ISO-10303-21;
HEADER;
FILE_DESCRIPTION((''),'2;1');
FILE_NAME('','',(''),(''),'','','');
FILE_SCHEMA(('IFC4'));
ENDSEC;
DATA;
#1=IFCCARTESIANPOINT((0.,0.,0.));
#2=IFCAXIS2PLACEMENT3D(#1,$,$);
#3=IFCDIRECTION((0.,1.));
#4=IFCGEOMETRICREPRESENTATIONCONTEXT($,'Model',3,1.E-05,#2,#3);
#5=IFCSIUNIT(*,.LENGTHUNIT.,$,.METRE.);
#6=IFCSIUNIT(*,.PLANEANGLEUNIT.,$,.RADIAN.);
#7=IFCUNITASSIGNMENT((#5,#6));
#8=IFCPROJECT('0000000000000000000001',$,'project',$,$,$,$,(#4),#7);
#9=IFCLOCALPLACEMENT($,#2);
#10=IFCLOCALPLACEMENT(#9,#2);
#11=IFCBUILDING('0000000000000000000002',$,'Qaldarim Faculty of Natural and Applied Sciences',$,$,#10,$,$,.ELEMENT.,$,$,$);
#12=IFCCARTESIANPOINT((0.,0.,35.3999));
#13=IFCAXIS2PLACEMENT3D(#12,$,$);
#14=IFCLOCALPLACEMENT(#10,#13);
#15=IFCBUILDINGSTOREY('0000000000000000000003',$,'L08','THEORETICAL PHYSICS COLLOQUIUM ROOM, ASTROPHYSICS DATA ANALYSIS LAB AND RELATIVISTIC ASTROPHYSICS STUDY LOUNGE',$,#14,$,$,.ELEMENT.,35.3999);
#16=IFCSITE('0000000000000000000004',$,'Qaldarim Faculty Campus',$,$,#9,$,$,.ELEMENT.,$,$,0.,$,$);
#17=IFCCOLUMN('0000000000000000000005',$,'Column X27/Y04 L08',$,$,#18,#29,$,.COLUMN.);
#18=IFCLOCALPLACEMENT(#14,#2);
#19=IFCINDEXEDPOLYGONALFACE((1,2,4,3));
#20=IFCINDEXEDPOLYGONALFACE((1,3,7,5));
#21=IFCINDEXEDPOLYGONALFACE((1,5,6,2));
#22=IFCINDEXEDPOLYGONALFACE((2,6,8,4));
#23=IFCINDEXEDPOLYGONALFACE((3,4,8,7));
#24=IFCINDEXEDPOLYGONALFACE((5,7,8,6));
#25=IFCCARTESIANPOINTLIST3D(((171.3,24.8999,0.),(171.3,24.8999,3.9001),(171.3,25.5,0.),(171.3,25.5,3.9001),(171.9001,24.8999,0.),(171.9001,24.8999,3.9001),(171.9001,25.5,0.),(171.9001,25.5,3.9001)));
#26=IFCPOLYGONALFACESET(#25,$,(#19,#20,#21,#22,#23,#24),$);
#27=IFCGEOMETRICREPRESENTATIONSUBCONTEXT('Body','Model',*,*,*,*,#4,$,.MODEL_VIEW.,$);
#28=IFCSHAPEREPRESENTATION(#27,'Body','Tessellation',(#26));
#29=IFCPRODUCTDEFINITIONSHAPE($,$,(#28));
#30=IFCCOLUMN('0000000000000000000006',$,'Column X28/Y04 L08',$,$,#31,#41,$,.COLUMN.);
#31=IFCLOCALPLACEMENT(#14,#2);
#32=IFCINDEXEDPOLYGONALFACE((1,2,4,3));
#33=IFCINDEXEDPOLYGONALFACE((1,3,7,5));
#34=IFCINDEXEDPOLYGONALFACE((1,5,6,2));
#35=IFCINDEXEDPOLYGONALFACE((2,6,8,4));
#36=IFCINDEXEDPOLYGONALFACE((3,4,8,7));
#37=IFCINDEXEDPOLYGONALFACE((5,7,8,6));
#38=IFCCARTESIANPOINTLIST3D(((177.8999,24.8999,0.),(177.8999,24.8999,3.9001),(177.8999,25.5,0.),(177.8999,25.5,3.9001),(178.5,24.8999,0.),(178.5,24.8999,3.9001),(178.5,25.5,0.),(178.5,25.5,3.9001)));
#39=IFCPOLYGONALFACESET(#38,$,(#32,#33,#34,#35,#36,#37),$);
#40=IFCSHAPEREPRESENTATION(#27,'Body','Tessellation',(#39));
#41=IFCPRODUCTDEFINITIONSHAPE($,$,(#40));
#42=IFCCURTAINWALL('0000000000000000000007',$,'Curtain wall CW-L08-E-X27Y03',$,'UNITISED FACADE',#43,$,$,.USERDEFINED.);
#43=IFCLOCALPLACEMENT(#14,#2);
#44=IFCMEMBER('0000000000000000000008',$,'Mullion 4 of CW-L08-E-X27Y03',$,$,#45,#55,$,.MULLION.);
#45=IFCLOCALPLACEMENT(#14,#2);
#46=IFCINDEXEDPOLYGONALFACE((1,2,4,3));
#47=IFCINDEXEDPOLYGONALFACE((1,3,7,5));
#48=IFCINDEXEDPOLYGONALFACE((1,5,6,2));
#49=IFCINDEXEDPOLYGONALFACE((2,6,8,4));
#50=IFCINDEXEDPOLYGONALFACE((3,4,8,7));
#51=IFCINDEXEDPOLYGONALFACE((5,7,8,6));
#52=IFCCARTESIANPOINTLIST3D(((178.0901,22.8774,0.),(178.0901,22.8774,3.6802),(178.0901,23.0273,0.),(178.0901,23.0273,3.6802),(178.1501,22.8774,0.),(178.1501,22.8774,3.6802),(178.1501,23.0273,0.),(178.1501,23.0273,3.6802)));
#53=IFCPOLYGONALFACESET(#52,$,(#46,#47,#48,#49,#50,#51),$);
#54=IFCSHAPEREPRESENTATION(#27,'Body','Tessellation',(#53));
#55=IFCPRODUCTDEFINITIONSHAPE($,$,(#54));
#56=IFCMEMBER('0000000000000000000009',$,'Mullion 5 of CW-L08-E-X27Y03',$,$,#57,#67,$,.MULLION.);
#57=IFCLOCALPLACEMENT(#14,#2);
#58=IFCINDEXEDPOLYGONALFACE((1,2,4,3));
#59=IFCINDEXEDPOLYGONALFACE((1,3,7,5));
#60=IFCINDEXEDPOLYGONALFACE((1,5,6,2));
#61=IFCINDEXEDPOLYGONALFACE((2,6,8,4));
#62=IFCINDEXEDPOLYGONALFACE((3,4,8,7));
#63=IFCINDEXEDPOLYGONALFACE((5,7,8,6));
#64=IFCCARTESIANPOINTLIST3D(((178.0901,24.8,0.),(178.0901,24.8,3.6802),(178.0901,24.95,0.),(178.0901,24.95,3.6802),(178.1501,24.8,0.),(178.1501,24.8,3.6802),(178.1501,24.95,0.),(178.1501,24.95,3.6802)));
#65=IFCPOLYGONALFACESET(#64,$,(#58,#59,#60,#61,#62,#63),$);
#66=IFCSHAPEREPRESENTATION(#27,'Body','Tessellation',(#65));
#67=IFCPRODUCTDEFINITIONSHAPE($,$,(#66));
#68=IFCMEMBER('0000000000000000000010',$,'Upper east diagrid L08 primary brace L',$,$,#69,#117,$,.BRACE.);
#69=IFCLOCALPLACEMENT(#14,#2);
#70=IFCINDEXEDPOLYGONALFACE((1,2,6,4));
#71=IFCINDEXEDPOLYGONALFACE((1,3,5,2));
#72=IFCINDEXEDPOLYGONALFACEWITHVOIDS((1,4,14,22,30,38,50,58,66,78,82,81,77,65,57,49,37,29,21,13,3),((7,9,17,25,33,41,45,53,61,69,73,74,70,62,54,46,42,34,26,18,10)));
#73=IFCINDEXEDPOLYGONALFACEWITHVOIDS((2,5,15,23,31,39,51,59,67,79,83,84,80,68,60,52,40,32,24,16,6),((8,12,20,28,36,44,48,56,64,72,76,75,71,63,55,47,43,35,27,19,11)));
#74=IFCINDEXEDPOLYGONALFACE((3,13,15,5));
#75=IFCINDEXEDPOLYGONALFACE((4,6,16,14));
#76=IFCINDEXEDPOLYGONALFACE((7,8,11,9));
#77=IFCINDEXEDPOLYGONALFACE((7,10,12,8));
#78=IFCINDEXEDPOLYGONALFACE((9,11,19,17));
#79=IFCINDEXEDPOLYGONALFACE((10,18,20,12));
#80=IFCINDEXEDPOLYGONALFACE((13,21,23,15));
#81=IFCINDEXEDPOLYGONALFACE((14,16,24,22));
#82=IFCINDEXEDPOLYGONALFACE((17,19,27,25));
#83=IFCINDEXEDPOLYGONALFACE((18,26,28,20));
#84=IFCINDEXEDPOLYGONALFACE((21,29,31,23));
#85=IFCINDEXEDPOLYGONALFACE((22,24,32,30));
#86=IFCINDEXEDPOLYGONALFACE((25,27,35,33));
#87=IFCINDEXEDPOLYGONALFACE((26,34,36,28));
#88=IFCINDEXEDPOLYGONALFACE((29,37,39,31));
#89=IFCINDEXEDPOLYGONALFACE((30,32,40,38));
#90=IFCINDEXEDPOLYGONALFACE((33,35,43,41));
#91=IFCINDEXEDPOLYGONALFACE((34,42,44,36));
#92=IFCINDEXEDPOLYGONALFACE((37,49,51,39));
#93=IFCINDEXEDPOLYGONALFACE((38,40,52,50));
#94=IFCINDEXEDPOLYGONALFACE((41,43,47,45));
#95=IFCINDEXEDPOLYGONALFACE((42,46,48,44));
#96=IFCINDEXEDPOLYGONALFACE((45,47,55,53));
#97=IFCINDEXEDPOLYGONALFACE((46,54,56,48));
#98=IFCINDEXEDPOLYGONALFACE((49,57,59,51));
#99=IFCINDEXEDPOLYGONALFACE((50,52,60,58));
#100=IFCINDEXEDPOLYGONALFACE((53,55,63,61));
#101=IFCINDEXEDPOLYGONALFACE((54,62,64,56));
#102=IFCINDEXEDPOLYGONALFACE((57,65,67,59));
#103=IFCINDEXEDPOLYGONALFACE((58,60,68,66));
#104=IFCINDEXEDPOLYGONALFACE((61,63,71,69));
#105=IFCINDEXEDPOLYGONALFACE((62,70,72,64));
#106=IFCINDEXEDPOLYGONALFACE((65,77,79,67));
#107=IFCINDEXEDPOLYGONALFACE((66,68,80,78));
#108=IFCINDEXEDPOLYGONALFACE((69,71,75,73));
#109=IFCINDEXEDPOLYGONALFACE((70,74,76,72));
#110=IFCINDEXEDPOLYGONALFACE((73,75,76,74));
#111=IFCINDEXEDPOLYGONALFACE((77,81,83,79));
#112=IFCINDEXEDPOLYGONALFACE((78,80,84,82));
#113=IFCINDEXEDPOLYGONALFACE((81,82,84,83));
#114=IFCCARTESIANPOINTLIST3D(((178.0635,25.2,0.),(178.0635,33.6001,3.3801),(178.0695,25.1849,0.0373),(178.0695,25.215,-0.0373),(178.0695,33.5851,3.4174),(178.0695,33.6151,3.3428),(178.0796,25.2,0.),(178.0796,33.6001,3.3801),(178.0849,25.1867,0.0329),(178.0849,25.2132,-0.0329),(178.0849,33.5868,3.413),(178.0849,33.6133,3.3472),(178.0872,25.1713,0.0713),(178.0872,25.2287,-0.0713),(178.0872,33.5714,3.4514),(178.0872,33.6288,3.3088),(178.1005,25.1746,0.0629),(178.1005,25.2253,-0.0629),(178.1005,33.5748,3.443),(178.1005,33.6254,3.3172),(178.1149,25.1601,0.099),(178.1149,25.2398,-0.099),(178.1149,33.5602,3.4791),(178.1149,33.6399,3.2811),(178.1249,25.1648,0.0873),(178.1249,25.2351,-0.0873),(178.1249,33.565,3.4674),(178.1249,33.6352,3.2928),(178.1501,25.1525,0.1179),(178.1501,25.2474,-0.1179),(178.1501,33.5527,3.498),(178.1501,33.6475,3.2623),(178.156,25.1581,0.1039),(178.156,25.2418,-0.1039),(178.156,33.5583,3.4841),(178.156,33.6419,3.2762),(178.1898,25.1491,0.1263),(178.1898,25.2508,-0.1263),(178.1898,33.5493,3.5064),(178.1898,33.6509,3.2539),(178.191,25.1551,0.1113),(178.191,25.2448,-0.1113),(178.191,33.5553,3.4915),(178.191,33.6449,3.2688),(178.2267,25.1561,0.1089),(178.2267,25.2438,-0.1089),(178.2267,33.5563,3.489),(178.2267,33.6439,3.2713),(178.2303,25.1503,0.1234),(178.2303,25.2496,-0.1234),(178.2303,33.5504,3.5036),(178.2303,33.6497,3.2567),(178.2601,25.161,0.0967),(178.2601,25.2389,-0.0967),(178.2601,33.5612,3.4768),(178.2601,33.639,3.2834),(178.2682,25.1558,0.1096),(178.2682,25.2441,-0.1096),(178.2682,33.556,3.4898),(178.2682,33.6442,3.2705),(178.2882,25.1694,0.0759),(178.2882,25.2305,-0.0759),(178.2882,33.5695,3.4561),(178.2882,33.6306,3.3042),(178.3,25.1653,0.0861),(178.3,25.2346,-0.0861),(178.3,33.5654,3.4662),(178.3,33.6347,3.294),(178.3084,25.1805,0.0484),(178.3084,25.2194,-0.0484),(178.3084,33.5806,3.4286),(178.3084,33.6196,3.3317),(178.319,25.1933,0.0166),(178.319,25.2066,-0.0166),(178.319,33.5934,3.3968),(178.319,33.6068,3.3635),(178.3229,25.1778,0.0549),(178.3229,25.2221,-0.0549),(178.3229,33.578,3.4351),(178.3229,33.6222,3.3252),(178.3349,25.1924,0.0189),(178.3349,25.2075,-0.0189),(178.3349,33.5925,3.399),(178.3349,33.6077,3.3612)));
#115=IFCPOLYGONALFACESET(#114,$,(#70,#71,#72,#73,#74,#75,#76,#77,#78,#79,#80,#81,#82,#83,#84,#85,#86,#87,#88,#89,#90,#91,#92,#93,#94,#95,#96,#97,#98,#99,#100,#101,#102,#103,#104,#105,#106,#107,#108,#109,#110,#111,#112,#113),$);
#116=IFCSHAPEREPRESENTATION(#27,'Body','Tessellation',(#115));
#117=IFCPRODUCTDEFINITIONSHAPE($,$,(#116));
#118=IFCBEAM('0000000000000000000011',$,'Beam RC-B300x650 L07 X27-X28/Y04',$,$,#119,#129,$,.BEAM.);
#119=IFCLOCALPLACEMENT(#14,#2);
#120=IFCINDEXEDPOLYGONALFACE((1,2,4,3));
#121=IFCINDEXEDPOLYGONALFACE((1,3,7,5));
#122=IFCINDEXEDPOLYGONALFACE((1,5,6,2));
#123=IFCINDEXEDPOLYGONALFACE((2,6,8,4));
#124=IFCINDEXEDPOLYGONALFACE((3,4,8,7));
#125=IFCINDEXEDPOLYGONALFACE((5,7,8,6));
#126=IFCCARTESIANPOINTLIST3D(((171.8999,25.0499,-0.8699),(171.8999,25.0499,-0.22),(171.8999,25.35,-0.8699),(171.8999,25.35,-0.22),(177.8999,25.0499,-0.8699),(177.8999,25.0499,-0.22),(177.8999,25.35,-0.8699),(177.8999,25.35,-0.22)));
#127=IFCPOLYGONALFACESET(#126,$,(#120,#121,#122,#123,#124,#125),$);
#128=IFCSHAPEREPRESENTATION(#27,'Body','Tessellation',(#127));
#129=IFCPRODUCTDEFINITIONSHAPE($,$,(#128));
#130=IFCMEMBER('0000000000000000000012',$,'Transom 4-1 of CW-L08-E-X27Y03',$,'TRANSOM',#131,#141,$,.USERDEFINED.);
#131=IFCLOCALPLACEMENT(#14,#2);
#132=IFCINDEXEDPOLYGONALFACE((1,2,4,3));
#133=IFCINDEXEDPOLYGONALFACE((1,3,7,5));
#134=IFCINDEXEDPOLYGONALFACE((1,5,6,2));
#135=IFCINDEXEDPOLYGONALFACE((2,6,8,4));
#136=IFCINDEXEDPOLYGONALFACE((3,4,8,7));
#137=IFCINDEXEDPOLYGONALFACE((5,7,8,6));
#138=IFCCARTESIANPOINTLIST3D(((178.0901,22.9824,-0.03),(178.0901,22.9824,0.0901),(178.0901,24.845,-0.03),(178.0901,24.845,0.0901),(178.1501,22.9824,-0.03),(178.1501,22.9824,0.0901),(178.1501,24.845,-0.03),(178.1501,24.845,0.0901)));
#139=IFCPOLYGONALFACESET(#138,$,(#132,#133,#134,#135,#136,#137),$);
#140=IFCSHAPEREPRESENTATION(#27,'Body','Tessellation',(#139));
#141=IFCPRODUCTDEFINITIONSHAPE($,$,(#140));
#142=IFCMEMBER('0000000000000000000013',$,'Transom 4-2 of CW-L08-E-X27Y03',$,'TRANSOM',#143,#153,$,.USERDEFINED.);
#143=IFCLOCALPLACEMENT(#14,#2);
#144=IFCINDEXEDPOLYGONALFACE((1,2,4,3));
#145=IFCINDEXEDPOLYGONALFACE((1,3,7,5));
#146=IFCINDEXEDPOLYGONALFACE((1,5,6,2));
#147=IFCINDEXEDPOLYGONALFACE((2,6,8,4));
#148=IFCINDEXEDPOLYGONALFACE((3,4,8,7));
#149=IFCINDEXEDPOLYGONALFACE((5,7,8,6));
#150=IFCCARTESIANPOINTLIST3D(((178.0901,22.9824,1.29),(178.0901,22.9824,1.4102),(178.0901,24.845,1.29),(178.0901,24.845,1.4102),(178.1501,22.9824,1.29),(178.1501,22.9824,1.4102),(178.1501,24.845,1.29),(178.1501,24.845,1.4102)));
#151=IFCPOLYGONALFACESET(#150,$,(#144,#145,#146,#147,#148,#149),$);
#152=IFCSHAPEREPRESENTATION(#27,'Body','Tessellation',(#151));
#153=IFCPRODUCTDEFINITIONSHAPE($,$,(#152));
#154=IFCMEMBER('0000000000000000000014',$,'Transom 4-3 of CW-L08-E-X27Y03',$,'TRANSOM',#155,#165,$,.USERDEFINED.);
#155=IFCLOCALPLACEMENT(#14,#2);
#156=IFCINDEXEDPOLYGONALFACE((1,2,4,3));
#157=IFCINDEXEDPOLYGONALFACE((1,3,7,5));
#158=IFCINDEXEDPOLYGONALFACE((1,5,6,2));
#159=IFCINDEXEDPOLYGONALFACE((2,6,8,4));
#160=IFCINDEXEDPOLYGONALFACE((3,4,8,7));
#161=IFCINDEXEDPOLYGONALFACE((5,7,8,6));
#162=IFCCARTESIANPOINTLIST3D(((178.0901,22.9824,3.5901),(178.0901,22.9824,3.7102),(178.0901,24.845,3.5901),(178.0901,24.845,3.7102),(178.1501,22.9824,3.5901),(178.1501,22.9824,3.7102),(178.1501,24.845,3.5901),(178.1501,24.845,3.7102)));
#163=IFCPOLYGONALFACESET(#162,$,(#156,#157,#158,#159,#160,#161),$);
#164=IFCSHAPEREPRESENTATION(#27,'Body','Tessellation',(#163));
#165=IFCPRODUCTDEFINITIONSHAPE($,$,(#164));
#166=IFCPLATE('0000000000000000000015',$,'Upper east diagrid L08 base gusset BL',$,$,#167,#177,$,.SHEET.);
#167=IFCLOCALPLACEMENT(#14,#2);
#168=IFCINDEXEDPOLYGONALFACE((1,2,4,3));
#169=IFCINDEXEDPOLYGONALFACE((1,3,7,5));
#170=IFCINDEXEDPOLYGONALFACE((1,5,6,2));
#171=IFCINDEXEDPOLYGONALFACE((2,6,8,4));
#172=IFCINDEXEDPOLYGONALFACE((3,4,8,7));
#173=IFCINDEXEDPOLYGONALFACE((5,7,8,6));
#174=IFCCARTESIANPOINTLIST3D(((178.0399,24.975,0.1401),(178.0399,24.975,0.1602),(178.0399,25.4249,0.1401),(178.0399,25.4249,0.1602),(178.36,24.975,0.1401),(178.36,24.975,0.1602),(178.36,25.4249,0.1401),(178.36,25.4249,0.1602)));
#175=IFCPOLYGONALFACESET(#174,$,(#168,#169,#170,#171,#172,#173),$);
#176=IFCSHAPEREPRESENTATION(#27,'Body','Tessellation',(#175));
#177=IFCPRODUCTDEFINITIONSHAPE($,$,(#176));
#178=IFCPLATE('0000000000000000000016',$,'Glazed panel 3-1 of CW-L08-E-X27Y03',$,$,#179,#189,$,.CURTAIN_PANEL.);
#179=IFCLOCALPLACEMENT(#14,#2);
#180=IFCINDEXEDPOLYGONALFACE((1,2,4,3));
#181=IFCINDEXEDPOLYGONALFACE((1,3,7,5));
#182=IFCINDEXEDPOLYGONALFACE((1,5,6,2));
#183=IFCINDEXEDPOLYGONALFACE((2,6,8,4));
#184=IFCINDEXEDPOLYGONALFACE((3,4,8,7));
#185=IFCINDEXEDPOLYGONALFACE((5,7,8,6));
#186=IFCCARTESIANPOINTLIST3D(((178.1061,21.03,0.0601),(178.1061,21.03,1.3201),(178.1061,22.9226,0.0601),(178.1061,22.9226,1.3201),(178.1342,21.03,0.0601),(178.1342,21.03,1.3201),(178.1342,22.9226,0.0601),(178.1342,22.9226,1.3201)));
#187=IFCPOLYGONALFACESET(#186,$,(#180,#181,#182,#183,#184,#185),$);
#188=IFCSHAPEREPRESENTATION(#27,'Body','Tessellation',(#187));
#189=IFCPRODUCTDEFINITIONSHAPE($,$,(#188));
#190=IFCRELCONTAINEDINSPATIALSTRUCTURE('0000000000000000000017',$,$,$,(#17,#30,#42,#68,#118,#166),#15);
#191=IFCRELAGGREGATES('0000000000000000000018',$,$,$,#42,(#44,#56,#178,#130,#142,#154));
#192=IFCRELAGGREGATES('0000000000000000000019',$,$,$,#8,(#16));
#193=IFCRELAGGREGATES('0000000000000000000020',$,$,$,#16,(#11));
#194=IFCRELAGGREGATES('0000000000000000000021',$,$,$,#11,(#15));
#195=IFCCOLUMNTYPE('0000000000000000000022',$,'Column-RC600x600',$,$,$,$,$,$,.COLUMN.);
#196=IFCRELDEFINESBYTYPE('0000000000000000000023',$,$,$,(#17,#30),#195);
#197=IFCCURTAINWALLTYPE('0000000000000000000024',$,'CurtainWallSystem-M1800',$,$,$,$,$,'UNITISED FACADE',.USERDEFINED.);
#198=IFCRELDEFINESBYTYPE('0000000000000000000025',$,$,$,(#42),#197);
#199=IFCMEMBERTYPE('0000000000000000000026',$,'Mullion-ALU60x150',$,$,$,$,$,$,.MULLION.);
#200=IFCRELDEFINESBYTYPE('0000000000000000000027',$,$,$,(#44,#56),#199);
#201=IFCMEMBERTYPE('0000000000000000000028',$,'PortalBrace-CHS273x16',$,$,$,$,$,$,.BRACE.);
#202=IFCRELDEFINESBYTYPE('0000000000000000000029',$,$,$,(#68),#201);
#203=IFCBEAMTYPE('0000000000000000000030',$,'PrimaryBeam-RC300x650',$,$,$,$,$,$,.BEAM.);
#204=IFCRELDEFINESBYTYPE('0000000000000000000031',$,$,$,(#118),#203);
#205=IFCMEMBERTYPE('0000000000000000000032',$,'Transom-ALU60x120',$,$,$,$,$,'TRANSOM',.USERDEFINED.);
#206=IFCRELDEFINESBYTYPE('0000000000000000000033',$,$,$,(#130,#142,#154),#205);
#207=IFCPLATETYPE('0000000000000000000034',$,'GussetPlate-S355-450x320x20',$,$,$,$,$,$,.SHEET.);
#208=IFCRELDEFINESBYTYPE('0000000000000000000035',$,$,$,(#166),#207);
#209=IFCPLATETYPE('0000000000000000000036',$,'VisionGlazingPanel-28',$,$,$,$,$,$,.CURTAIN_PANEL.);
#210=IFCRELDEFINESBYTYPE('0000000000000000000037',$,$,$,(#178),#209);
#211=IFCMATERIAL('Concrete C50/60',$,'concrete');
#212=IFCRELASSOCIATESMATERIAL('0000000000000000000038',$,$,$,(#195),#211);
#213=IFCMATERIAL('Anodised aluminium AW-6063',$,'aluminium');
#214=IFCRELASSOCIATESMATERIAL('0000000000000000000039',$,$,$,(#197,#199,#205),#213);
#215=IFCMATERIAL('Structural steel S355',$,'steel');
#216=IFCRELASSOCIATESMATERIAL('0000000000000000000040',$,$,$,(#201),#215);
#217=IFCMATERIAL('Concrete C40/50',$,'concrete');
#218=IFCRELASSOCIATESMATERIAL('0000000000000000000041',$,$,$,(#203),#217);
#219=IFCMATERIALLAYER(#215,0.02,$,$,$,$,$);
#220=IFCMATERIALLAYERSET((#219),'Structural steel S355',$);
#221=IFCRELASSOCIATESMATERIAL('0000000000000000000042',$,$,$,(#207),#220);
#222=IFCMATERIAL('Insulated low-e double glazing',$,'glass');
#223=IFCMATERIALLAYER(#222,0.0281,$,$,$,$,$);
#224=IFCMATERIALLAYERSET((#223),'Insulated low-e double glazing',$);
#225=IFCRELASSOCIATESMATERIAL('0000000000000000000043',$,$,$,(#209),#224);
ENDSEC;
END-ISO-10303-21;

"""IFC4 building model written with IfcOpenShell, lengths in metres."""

from ifc_helpers import new_model, si_unit, direction, frame, origin, origin_2d, place, context, subcontext, project, spatial, rectangle, hollow_circle, extrude, material, layer, layer_set, material_profile, profile_set, type_object, element, aggregate, save


model = new_model("IFC4")

# Units and contexts
model_context = context("Model", 3, precision=1e-05, world=origin(), true_north=direction((0.0, 1.0)))
body_context = subcontext(model_context, "Body", "Model", "MODEL_VIEW")
ifc_project = project(units=[si_unit("LENGTHUNIT", "METRE"), si_unit("PLANEANGLEUNIT", "RADIAN")], contexts=[model_context])

# Site, building, storey
site_placement = place(None, origin())
site = spatial("IfcSite", under=ifc_project, at=site_placement, Name="Qaldarim Faculty Campus", CompositionType="ELEMENT", RefElevation=0.0)
building_placement = place(site_placement, origin())
building = spatial("IfcBuilding", under=site, at=building_placement, Name="Qaldarim Faculty of Natural and Applied Sciences", CompositionType="ELEMENT")
storey_placement = place(building_placement, frame((0.0, 0.0, 35.3999)))
storey = spatial("IfcBuildingStorey", under=building, at=storey_placement, Name="L08", Description="THEORETICAL PHYSICS COLLOQUIUM ROOM, ASTROPHYSICS DATA ANALYSIS LAB AND RELATIVISTIC ASTROPHYSICS STUDY LOUNGE", CompositionType="ELEMENT", Elevation=35.3999)

# Columns
ifc_material_1 = material(Name="Concrete C50/60", Category="concrete")
ifc_material_profile_1 = material_profile(ifc_material_1, rectangle(XDim=0.6001, YDim=0.6001, at=origin_2d()), Name="RC-C600x600")
ifc_profile_set_1 = profile_set([ifc_material_profile_1], Name="Concrete C50/60")
column_type = type_object("IfcColumnType", Name="Column-RC600x600", PredefinedType="COLUMN", material=ifc_profile_set_1)
for number, where, z_axis, x_axis, name in (
    (1, (171.6001, 25.2, 0.0), (0.0, 0.0, 1.0), (1.0, 0.0, 0.0), "Column X27/Y04 L08"),
    (2, (178.2, 25.2, 0.0), (0.0, 0.0, 1.0), (1.0, 0.0, 0.0), "Column X28/Y04 L08"),
):
    element("IfcColumn", number, at=place(storey_placement, frame(where, z_axis=z_axis, x_axis=x_axis)), inside=storey, type_object=column_type, Name=name, PredefinedType="COLUMN", context=body_context, shape_type="SweptSolid", body=[
        extrude(rectangle(XDim=0.6001, YDim=0.6001, at=origin_2d()), origin(), (0.0, 0.0, 1.0), 3.9001),
    ])

# Curtain wall, members
ifc_material_2 = material(Name="Anodised aluminium AW-6063", Category="aluminium")
curtain_wall_type = type_object("IfcCurtainWallType", Name="CurtainWallSystem-M1800", ElementType="UNITISED FACADE", PredefinedType="USERDEFINED", material=ifc_material_2)
curtain_wall_placement = place(storey_placement, origin())
curtain_wall = element("IfcCurtainWall", 3, at=curtain_wall_placement, inside=storey, type_object=curtain_wall_type, Name="Curtain wall CW-L08-E-X27Y03", ObjectType="UNITISED FACADE", PredefinedType="USERDEFINED")
ifc_material_profile_2 = material_profile(ifc_material_2, rectangle(XDim=0.0601, YDim=0.1499, at=origin_2d()), Name="ALU-M60x150")
ifc_profile_set_2 = profile_set([ifc_material_profile_2], Name="Anodised aluminium AW-6063")
member_type_1 = type_object("IfcMemberType", Name="Mullion-ALU60x150", PredefinedType="MULLION", material=ifc_profile_set_2)
member_1_placement = place(storey_placement, frame((178.1201, 22.9524, 0.0), z_axis=(0.0, 0.0, 1.0), x_axis=(-1.0, 0.0, 0.0)))
member_1 = element("IfcMember", 4, at=member_1_placement, type_object=member_type_1, Name="Mullion 4 of CW-L08-E-X27Y03", PredefinedType="MULLION", context=body_context, shape_type="SweptSolid", body=[
    extrude(rectangle(XDim=0.0601, YDim=0.1499, at=origin_2d()), origin(), (0.0, 0.0, 1.0), 3.6802),
])
member_2_placement = place(storey_placement, frame((178.1201, 24.875, 0.0), z_axis=(0.0, 0.0, 1.0), x_axis=(-1.0, 0.0, 0.0)))
member_2 = element("IfcMember", 5, at=member_2_placement, type_object=member_type_1, Name="Mullion 5 of CW-L08-E-X27Y03", PredefinedType="MULLION", context=body_context, shape_type="SweptSolid", body=[
    extrude(rectangle(XDim=0.0601, YDim=0.1499, at=origin_2d()), origin(), (0.0, 0.0, 1.0), 3.6802),
])

# Member
ifc_material_3 = material(Name="Structural steel S355", Category="steel")
ifc_material_profile_3 = material_profile(ifc_material_3, hollow_circle(Radius=0.1365, WallThickness=0.0161, at=origin_2d()), Name="CHS 273.0x16.0")
ifc_profile_set_3 = profile_set([ifc_material_profile_3], Name="Structural steel S355")
member_type_2 = type_object("IfcMemberType", Name="PortalBrace-CHS273x16", PredefinedType="BRACE", material=ifc_profile_set_3)
member_3_placement = place(storey_placement, frame((178.2, 25.2, 0.0), z_axis=(0.0, 0.92771, 0.373301), x_axis=(-1.0, 0.0, 0.0)))
element("IfcMember", 6, at=member_3_placement, inside=storey, type_object=member_type_2, Name="Upper east diagrid L08 primary brace L", PredefinedType="BRACE", context=body_context, shape_type="SweptSolid", body=[
    extrude(hollow_circle(Radius=0.1365, WallThickness=0.0161, at=origin_2d()), origin(), (0.0, 0.0, 1.0), 9.0547),
])

# Beam
ifc_material_4 = material(Name="Concrete C40/50", Category="concrete")
ifc_material_profile_4 = material_profile(ifc_material_4, rectangle(XDim=0.3, YDim=0.6499, at=origin_2d()), Name="RC-B300x650")
ifc_profile_set_4 = profile_set([ifc_material_profile_4], Name="Concrete C40/50")
beam_type = type_object("IfcBeamType", Name="PrimaryBeam-RC300x650", PredefinedType="BEAM", material=ifc_profile_set_4)
beam_placement = place(storey_placement, frame((171.8999, 25.2, -0.5449), z_axis=(1.0, 0.0, 0.0), x_axis=(0.0, 1.0, 0.0)))
element("IfcBeam", 7, at=beam_placement, inside=storey, type_object=beam_type, Name="Beam RC-B300x650 L07 X27-X28/Y04", PredefinedType="BEAM", context=body_context, shape_type="SweptSolid", body=[
    extrude(rectangle(XDim=0.3, YDim=0.6499, at=origin_2d()), origin(), (0.0, 0.0, 1.0), 6.0),
])

# Members
ifc_material_profile_5 = material_profile(ifc_material_2, rectangle(XDim=0.0601, YDim=0.1201, at=origin_2d()), Name="ALU-T60x120")
ifc_profile_set_5 = profile_set([ifc_material_profile_5], Name="Anodised aluminium AW-6063")
member_type_3 = type_object("IfcMemberType", Name="Transom-ALU60x120", ElementType="TRANSOM", PredefinedType="USERDEFINED", material=ifc_profile_set_5)
member_4_placement = place(storey_placement, frame((178.1201, 22.9824, 0.03), z_axis=(0.0, 1.0, 0.0), x_axis=(-1.0, 0.0, 0.0)))
member_4 = element("IfcMember", 8, at=member_4_placement, type_object=member_type_3, Name="Transom 4-1 of CW-L08-E-X27Y03", ObjectType="TRANSOM", PredefinedType="USERDEFINED", context=body_context, shape_type="SweptSolid", body=[
    extrude(rectangle(XDim=0.0601, YDim=0.1201, at=origin_2d()), origin(), (0.0, 0.0, 1.0), 1.8625),
])
member_5_placement = place(storey_placement, frame((178.1201, 22.9824, 1.3501), z_axis=(0.0, 1.0, 0.0), x_axis=(-1.0, 0.0, 0.0)))
member_5 = element("IfcMember", 9, at=member_5_placement, type_object=member_type_3, Name="Transom 4-2 of CW-L08-E-X27Y03", ObjectType="TRANSOM", PredefinedType="USERDEFINED", context=body_context, shape_type="SweptSolid", body=[
    extrude(rectangle(XDim=0.0601, YDim=0.1201, at=origin_2d()), origin(), (0.0, 0.0, 1.0), 1.8625),
])
member_6_placement = place(storey_placement, frame((178.1201, 22.9824, 3.6501), z_axis=(0.0, 1.0, 0.0), x_axis=(-1.0, 0.0, 0.0)))
member_6 = element("IfcMember", 10, at=member_6_placement, type_object=member_type_3, Name="Transom 4-3 of CW-L08-E-X27Y03", ObjectType="TRANSOM", PredefinedType="USERDEFINED", context=body_context, shape_type="SweptSolid", body=[
    extrude(rectangle(XDim=0.0601, YDim=0.1201, at=origin_2d()), origin(), (0.0, 0.0, 1.0), 1.8625),
])

# Plates
ifc_layer_1 = layer(ifc_material_3, 0.02)
ifc_layer_set_1 = layer_set([ifc_layer_1], Name="Structural steel S355")
plate_type_1 = type_object("IfcPlateType", Name="GussetPlate-S355-450x320x20", PredefinedType="SHEET", material=ifc_layer_set_1)
plate_1_placement = place(storey_placement, frame((178.2, 25.2, 0.1401), z_axis=(0.0, 0.0, 1.0), x_axis=(0.0, 1.0, 0.0)))
element("IfcPlate", 11, at=plate_1_placement, inside=storey, type_object=plate_type_1, Name="Upper east diagrid L08 base gusset BL", PredefinedType="SHEET", context=body_context, shape_type="SweptSolid", body=[
    extrude(rectangle(XDim=0.45, YDim=0.3201, at=origin_2d()), origin(), (0.0, 0.0, 1.0), 0.02),
])
ifc_material_5 = material(Name="Insulated low-e double glazing", Category="glass")
ifc_layer_2 = layer(ifc_material_5, 0.0281)
ifc_layer_set_2 = layer_set([ifc_layer_2], Name="Insulated low-e double glazing")
plate_type_2 = type_object("IfcPlateType", Name="VisionGlazingPanel-28", PredefinedType="CURTAIN_PANEL", material=ifc_layer_set_2)
plate_2_placement = place(storey_placement, frame((178.1201, 21.9763, 0.0601), z_axis=(0.0, 0.0, 1.0), x_axis=(0.0, 1.0, 0.0)))
plate_2 = element("IfcPlate", 12, at=plate_2_placement, type_object=plate_type_2, Name="Glazed panel 3-1 of CW-L08-E-X27Y03", PredefinedType="CURTAIN_PANEL", context=body_context, shape_type="SweptSolid", body=[
    extrude(rectangle(XDim=1.8926, YDim=0.0281, at=origin_2d()), origin(), (0.0, 0.0, 1.0), 1.26),
])
aggregate(curtain_wall, [member_1, member_2, plate_2, member_4, member_5, member_6])

save(model, "model.ifc")
